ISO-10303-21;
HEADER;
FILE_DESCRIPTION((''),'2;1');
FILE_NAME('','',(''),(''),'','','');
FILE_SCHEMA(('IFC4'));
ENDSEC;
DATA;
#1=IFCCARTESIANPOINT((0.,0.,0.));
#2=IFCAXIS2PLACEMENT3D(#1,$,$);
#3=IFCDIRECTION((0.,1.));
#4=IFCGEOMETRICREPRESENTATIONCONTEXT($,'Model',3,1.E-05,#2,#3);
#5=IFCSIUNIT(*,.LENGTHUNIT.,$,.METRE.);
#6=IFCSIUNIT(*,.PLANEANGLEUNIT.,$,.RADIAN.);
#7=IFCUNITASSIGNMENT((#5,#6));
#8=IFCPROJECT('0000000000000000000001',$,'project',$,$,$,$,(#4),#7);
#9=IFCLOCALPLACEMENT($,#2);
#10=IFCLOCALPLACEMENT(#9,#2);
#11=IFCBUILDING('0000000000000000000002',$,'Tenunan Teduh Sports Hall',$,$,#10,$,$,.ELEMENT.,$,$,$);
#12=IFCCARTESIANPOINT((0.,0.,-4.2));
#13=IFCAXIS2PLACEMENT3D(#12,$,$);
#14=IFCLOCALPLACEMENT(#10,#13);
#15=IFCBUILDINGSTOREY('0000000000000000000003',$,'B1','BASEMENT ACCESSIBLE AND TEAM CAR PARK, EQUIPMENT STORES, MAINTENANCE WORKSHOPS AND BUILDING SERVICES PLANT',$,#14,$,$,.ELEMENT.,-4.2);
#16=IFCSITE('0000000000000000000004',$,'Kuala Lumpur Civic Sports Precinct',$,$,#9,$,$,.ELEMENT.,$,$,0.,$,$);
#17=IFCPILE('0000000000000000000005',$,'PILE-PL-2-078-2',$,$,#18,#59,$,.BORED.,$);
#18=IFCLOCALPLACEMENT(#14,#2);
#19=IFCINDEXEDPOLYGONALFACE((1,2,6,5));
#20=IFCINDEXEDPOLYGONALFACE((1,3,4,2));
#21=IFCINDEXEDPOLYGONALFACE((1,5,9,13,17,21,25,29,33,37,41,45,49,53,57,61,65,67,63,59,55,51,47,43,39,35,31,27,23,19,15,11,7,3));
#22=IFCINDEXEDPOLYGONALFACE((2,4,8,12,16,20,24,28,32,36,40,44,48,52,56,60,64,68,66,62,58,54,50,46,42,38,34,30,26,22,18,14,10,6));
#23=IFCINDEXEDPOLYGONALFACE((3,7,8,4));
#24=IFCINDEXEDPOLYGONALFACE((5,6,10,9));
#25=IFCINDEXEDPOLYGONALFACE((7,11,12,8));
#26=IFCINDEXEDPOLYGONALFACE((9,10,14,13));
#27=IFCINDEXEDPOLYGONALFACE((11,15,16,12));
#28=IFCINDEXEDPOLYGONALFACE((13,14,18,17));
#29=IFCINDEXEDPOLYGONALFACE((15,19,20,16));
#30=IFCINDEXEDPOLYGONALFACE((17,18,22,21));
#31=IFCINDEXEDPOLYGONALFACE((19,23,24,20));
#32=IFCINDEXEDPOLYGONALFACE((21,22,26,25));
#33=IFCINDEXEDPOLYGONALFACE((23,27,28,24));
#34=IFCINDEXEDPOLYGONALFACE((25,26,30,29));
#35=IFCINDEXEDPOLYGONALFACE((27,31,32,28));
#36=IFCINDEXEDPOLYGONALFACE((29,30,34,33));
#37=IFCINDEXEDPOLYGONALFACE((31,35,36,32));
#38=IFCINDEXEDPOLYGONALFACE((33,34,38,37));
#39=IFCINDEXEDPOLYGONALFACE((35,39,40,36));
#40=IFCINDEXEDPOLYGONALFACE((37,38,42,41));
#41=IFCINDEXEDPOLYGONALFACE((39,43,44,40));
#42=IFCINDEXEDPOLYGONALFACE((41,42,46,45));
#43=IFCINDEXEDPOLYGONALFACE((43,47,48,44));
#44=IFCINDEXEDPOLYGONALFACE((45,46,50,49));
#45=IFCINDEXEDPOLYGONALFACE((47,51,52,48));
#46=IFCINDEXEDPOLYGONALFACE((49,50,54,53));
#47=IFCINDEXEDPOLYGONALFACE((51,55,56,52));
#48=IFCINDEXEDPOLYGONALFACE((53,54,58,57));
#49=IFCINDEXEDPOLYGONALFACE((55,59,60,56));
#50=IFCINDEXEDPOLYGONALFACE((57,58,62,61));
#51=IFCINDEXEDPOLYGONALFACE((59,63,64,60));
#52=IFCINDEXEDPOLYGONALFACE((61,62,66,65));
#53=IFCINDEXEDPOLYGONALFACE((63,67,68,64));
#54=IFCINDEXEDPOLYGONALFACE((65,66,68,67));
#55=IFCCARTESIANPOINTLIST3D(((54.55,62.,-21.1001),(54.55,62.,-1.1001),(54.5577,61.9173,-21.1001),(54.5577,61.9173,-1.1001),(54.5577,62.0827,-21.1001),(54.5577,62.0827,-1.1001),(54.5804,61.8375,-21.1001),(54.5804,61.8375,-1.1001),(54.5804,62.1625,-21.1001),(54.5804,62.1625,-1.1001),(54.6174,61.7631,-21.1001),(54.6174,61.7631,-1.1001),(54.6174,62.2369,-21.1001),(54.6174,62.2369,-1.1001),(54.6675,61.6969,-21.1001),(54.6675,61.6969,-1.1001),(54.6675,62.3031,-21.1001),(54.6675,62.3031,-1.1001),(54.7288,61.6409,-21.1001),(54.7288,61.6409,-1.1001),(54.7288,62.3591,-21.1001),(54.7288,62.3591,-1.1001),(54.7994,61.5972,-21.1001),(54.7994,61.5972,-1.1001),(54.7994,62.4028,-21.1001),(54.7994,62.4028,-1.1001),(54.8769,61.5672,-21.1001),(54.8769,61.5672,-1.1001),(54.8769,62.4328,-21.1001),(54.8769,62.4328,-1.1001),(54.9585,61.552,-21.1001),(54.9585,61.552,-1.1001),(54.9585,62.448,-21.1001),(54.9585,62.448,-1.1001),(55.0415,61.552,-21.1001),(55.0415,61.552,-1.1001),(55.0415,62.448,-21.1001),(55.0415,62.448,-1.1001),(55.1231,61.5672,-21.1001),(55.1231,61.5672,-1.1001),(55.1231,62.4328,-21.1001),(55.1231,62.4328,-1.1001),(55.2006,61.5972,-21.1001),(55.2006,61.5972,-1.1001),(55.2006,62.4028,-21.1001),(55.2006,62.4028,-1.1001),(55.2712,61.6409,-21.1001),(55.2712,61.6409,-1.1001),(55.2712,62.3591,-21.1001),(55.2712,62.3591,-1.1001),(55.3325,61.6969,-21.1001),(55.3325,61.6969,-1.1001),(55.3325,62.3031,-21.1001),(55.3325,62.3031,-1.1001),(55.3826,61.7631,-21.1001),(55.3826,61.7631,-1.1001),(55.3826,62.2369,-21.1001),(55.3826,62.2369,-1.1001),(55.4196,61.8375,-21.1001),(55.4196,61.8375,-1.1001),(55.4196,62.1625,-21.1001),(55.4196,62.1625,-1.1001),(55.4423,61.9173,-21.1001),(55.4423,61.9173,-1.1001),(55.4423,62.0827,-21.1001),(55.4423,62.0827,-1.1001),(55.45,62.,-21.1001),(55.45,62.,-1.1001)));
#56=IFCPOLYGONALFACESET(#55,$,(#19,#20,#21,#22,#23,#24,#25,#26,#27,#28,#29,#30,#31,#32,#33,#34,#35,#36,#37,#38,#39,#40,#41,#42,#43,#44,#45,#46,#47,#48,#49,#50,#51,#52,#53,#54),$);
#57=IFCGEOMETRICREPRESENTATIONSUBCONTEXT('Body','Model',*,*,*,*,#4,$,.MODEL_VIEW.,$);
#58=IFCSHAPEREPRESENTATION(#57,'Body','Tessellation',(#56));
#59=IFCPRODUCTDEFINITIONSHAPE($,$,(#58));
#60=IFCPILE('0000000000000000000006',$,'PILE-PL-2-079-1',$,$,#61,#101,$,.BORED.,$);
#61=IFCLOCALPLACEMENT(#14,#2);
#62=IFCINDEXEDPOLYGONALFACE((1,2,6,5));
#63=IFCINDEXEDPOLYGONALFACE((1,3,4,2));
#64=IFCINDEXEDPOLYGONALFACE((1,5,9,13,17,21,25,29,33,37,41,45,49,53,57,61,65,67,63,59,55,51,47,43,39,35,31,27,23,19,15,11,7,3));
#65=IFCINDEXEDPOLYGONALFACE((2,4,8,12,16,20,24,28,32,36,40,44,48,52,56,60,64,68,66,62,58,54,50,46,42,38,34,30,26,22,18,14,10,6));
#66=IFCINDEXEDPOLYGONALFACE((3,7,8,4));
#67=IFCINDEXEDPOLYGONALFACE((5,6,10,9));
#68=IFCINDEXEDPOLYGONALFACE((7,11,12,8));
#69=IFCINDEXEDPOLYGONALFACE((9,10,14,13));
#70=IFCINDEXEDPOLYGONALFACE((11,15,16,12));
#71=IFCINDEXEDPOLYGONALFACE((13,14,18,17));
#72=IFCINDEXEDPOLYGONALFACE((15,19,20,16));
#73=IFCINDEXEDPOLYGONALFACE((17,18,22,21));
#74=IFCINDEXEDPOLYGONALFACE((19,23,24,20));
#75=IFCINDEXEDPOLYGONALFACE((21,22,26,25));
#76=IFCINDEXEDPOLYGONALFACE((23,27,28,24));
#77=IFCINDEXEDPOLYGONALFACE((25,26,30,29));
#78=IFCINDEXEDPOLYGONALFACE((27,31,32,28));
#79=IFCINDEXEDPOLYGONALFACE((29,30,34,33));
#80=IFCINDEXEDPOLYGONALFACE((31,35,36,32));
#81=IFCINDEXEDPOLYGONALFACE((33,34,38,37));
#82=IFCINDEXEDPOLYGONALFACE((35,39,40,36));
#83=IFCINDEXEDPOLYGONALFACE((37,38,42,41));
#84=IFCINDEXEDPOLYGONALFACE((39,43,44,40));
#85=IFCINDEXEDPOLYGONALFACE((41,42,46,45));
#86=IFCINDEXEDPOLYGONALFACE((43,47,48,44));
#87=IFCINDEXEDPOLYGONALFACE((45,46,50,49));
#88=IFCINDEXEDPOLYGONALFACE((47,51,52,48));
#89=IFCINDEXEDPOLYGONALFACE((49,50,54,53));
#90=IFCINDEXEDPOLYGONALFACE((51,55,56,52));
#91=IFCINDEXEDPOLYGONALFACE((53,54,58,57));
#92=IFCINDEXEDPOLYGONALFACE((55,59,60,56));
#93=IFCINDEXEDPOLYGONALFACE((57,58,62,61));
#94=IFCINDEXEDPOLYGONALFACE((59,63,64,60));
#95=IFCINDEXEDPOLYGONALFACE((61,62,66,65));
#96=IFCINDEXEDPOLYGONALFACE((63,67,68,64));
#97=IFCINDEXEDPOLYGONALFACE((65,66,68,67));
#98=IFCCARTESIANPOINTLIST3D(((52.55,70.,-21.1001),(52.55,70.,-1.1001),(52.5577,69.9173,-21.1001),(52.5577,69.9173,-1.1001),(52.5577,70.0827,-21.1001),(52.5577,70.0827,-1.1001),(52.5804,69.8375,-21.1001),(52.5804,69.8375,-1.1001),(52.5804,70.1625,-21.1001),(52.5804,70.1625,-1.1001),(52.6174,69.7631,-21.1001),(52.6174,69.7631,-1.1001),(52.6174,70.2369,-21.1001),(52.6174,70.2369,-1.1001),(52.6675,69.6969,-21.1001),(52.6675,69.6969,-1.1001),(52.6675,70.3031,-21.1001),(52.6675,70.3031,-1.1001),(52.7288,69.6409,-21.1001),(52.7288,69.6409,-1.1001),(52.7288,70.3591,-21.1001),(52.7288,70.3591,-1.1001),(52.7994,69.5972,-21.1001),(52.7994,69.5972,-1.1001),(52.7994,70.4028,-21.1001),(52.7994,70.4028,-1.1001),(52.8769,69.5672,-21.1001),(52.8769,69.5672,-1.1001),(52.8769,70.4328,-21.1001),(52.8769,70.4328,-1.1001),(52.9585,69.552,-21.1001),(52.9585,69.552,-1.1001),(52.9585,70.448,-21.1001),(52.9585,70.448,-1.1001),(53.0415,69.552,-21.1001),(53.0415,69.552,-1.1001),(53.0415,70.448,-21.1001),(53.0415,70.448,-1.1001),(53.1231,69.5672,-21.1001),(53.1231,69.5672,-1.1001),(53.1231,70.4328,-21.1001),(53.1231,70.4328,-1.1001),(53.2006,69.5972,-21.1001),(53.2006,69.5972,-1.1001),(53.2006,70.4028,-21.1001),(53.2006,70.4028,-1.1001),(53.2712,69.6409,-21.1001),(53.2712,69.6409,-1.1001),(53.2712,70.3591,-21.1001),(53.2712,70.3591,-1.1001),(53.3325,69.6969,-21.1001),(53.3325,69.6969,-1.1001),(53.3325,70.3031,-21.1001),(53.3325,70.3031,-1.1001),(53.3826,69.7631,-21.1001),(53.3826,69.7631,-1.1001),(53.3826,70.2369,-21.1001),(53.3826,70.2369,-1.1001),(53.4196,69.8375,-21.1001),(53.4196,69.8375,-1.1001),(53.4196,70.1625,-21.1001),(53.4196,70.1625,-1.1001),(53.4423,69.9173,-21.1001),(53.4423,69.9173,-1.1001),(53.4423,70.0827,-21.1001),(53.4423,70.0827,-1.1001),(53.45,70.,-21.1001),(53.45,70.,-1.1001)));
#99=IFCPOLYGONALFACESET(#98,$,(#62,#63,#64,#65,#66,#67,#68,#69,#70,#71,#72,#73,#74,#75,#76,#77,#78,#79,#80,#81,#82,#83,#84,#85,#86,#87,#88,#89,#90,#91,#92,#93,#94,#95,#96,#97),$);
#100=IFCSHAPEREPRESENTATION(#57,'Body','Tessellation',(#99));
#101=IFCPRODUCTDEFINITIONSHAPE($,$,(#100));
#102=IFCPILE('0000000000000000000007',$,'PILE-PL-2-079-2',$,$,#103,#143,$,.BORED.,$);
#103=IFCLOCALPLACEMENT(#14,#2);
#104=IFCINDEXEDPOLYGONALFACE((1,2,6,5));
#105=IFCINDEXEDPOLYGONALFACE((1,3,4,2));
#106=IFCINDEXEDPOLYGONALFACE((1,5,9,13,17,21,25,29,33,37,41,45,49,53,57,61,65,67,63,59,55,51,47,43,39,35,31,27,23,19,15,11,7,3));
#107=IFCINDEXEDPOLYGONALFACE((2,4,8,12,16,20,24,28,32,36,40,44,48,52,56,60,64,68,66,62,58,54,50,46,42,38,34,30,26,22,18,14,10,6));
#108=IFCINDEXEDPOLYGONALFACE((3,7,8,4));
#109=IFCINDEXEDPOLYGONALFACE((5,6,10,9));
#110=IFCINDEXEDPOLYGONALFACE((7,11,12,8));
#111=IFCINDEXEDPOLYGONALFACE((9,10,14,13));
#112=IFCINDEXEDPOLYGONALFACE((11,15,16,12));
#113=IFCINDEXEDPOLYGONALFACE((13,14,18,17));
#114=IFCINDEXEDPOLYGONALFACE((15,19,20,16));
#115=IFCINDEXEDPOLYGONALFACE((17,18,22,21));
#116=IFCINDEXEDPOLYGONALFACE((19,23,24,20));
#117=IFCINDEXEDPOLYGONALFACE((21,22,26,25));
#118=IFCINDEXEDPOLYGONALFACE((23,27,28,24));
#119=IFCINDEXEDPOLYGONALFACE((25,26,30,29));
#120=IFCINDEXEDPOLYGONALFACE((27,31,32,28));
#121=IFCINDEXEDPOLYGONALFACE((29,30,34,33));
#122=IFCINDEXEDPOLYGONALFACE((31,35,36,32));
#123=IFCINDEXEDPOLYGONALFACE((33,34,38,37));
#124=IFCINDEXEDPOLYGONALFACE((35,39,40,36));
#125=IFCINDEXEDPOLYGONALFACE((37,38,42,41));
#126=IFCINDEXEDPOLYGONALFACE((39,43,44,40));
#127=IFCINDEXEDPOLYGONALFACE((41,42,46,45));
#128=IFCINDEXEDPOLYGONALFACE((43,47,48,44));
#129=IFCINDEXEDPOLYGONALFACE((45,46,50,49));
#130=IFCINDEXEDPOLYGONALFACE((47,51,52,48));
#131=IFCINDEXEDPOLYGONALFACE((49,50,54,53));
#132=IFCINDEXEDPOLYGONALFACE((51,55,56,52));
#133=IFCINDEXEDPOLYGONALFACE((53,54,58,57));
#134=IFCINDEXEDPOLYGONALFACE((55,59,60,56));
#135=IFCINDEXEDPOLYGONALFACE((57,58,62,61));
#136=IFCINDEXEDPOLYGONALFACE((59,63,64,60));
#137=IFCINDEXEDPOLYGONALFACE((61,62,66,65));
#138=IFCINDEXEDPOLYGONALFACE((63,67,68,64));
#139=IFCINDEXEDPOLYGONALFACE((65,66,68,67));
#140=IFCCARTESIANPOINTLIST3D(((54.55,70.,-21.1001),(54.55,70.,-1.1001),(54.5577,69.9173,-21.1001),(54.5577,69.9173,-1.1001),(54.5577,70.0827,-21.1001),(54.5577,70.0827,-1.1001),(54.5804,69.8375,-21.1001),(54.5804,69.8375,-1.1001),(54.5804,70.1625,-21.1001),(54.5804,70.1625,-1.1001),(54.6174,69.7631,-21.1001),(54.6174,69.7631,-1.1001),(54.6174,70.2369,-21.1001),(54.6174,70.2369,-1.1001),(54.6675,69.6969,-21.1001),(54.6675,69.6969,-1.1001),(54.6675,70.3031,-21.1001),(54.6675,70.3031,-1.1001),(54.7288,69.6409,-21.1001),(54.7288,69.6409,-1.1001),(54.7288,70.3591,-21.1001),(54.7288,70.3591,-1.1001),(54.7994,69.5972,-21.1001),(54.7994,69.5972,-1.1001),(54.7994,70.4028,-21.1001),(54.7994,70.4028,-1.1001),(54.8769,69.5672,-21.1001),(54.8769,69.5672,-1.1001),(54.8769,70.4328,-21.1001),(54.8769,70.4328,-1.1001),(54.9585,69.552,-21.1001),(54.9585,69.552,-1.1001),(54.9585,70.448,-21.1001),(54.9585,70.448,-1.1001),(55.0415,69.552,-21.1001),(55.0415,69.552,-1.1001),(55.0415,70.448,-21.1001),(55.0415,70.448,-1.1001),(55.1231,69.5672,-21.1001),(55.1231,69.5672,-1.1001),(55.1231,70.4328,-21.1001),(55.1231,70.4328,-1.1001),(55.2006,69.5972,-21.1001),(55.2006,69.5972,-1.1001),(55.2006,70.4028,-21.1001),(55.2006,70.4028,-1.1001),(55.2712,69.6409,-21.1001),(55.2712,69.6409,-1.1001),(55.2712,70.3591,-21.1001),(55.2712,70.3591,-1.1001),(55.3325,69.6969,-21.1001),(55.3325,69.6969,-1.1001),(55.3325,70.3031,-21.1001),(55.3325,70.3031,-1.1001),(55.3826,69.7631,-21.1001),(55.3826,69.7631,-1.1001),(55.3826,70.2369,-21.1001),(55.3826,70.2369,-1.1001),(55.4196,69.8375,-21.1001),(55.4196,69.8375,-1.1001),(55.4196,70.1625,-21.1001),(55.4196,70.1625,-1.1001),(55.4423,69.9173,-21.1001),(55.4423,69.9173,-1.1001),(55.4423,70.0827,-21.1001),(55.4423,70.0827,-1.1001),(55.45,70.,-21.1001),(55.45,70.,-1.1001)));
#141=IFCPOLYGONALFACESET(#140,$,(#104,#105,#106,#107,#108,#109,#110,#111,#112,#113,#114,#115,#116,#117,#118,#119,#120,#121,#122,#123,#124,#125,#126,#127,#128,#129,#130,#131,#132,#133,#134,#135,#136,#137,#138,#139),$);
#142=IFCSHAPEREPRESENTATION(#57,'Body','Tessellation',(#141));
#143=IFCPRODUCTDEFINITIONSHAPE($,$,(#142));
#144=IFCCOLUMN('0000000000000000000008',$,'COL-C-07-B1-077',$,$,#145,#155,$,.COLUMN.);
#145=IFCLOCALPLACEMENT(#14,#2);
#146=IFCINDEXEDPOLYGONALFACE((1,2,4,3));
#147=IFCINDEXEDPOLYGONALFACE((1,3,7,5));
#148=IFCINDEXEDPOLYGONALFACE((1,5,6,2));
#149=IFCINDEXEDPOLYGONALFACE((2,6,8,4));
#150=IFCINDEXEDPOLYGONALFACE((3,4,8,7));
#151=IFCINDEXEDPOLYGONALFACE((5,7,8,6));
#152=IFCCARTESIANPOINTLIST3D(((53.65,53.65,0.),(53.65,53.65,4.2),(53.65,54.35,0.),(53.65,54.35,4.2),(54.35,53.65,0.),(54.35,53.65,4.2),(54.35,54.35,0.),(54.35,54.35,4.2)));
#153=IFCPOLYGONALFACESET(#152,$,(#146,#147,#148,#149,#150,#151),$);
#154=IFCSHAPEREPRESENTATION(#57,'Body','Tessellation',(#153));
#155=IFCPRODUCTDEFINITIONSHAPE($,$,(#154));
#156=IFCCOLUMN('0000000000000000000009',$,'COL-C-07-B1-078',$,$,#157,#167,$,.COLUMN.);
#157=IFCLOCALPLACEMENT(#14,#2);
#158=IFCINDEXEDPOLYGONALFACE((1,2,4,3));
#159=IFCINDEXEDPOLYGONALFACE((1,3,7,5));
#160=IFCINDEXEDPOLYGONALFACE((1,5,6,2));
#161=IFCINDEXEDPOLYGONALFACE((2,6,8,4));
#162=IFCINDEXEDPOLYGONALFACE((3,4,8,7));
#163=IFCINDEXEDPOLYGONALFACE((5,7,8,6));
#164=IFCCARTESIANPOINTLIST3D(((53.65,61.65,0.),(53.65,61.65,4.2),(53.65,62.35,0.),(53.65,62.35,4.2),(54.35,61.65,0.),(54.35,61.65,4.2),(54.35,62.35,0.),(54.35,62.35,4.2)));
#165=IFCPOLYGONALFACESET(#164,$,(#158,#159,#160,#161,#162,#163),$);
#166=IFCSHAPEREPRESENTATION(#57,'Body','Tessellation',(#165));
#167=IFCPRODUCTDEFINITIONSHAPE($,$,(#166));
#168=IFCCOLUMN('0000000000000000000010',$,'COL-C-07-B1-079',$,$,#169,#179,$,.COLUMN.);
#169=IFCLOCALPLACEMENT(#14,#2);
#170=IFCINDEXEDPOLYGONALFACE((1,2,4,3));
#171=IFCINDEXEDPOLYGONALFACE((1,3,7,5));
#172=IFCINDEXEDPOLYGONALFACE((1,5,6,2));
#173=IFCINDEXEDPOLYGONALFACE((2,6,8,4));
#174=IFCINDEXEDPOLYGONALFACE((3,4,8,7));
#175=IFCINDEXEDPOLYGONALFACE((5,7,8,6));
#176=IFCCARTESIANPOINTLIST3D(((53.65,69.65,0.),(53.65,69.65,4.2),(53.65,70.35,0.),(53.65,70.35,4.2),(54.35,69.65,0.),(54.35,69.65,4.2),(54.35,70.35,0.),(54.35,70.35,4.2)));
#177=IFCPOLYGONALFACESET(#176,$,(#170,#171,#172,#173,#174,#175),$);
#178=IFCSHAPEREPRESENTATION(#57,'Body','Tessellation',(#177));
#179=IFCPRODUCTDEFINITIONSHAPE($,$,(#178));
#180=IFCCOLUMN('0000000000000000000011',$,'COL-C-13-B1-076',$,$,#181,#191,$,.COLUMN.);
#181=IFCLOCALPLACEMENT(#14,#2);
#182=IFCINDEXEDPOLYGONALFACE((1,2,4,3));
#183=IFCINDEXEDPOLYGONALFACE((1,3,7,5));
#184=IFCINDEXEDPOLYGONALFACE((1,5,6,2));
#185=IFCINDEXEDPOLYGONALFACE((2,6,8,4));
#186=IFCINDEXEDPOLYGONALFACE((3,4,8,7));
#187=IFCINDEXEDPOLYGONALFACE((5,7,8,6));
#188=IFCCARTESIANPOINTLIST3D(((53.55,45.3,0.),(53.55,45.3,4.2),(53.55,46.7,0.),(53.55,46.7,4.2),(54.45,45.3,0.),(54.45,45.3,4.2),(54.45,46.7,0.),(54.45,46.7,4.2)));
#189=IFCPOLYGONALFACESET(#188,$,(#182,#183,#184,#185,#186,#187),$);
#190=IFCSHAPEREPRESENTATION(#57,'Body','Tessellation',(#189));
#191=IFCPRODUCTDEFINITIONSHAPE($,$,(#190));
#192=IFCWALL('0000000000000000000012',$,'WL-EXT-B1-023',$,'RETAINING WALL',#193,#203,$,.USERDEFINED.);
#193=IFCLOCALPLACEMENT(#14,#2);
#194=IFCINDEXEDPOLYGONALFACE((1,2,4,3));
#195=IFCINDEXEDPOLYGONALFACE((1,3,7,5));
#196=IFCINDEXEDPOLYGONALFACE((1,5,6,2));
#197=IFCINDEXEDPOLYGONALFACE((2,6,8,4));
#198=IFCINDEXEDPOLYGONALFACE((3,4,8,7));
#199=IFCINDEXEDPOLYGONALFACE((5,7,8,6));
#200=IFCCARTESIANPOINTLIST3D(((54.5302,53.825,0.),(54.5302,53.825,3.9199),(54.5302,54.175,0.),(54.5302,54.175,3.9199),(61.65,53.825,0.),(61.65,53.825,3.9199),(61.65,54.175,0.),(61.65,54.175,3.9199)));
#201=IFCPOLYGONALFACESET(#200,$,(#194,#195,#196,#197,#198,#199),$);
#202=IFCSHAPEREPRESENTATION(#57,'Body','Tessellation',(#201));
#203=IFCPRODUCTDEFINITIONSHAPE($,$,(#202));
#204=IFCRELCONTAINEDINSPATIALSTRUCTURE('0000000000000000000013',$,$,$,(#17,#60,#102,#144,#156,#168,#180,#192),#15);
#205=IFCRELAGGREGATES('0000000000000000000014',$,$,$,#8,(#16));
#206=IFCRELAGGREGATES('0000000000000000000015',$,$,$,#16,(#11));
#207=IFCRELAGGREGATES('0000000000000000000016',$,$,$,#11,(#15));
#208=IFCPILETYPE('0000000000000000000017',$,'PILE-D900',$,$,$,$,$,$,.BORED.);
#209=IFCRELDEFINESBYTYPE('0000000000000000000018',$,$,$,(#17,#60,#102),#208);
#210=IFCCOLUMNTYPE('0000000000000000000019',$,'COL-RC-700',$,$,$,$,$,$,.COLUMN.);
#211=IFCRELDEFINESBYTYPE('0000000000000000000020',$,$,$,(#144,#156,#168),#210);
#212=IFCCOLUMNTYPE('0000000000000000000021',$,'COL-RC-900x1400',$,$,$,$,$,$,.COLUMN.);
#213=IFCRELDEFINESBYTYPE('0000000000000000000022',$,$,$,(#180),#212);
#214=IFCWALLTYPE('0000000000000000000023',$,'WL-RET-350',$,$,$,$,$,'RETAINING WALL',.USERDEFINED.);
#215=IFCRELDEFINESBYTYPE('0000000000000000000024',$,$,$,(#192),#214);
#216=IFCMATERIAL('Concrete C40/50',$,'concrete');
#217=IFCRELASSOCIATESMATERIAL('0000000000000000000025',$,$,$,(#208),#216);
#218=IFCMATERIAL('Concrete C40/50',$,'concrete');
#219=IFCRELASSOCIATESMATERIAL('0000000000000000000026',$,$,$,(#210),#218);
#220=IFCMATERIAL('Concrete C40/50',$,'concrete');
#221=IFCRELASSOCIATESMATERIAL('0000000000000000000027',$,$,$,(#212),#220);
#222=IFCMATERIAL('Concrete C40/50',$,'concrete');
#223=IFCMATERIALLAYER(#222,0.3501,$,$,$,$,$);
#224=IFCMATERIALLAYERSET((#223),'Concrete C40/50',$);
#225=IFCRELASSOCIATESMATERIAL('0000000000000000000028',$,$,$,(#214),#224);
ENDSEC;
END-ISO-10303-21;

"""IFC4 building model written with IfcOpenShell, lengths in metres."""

from ifc_helpers import new_model, si_unit, direction, frame, frame_2d, origin, origin_2d, place, context, subcontext, project, spatial, rectangle, circle, extrude, material, layer, layer_set, material_profile, profile_set, type_object, element, save


model = new_model("IFC4")

# Units and contexts
model_context = context("Model", 3, precision=1e-05, world=origin(), true_north=direction((0.0, 1.0)))
body_context = subcontext(model_context, "Body", "Model", "MODEL_VIEW")
ifc_project = project(units=[si_unit("LENGTHUNIT", "METRE"), si_unit("PLANEANGLEUNIT", "RADIAN")], contexts=[model_context])

# Site, building, storey
site_placement = place(None, origin())
site = spatial("IfcSite", under=ifc_project, at=site_placement, Name="Kuala Lumpur Civic Sports Precinct", CompositionType="ELEMENT", RefElevation=0.0)
building_placement = place(site_placement, origin())
building = spatial("IfcBuilding", under=site, at=building_placement, Name="Tenunan Teduh Sports Hall", CompositionType="ELEMENT")
storey_placement = place(building_placement, frame((0.0, 0.0, -4.2)))
storey = spatial("IfcBuildingStorey", under=building, at=storey_placement, Name="B1", Description="BASEMENT ACCESSIBLE AND TEAM CAR PARK, EQUIPMENT STORES, MAINTENANCE WORKSHOPS AND BUILDING SERVICES PLANT", CompositionType="ELEMENT", Elevation=-4.2)

# Piles
ifc_material_1 = material(Name="Concrete C40/50", Category="concrete")
ifc_material_profile_1 = material_profile(ifc_material_1, circle(Radius=0.45, at=origin_2d()), Name="PILE D900")
ifc_profile_set_1 = profile_set([ifc_material_profile_1], Name="Concrete C40/50")
pile_type_1 = type_object("IfcPileType", Name="PILE-D900", PredefinedType="BORED", material=ifc_profile_set_1)
for number, where, z_axis, x_axis, name in (
    (1, (55.0, 62.0, -1.1001), (0.0, 0.0, -1.0), (1.0, 0.0, 0.0), "PILE-PL-2-078-2"),
    (2, (53.0, 70.0, -1.1001), (0.0, 0.0, -1.0), (1.0, 0.0, 0.0), "PILE-PL-2-079-1"),
    (3, (55.0, 70.0, -1.1001), (0.0, 0.0, -1.0), (1.0, 0.0, 0.0), "PILE-PL-2-079-2"),
):
    element("IfcPile", number, at=place(storey_placement, frame(where, z_axis=z_axis, x_axis=x_axis)), inside=storey, type_object=pile_type_1, Name=name, PredefinedType="BORED", context=body_context, shape_type="SweptSolid", body=[
        extrude(circle(Radius=0.45, at=origin_2d()), origin(), (0.0, 0.0, 1.0), 20.0),
    ])

# Columns
ifc_material_2 = material(Name="Concrete C40/50", Category="concrete")
ifc_material_profile_2 = material_profile(ifc_material_2, rectangle(XDim=0.7, YDim=0.7, at=origin_2d()), Name="RC 700x700")
ifc_profile_set_2 = profile_set([ifc_material_profile_2], Name="Concrete C40/50")
column_type_1 = type_object("IfcColumnType", Name="COL-RC-700", PredefinedType="COLUMN", material=ifc_profile_set_2)
for number, where, z_axis, x_axis, name in (
    (4, (54.0, 54.0, 0.0), (0.0, 0.0, 1.0), (1.0, 0.0, 0.0), "COL-C-07-B1-077"),
    (5, (54.0, 62.0, 0.0), (0.0, 0.0, 1.0), (1.0, 0.0, 0.0), "COL-C-07-B1-078"),
    (6, (54.0, 70.0, 0.0), (0.0, 0.0, 1.0), (1.0, 0.0, 0.0), "COL-C-07-B1-079"),
):
    element("IfcColumn", number, at=place(storey_placement, frame(where, z_axis=z_axis, x_axis=x_axis)), inside=storey, type_object=column_type_1, Name=name, PredefinedType="COLUMN", context=body_context, shape_type="SweptSolid", body=[
        extrude(rectangle(XDim=0.7, YDim=0.7, at=origin_2d()), origin(), (0.0, 0.0, 1.0), 4.2),
    ])
ifc_material_3 = material(Name="Concrete C40/50", Category="concrete")
ifc_material_profile_3 = material_profile(ifc_material_3, rectangle(XDim=0.8999, YDim=1.3999, at=origin_2d()), Name="RC 900x1400")
ifc_profile_set_3 = profile_set([ifc_material_profile_3], Name="Concrete C40/50")
column_type_2 = type_object("IfcColumnType", Name="COL-RC-900x1400", PredefinedType="COLUMN", material=ifc_profile_set_3)
column_placement = place(storey_placement, frame((54.0, 46.0, 0.0), z_axis=(0.0, 0.0, 1.0), x_axis=(1.0, 0.0, 0.0)))
element("IfcColumn", 7, at=column_placement, inside=storey, type_object=column_type_2, Name="COL-C-13-B1-076", PredefinedType="COLUMN", context=body_context, shape_type="SweptSolid", body=[
    extrude(rectangle(XDim=0.8999, YDim=1.3999, at=origin_2d()), origin(), (0.0, 0.0, 1.0), 4.2),
])

# Wall
ifc_material_4 = material(Name="Concrete C40/50", Category="concrete")
ifc_layer = layer(ifc_material_4, 0.3501)
ifc_layer_set = layer_set([ifc_layer], Name="Concrete C40/50")
wall_type = type_object("IfcWallType", Name="WL-RET-350", ElementType="RETAINING WALL", PredefinedType="USERDEFINED", material=ifc_layer_set)
for number, where, z_axis, x_axis, name in (
    (8, (54.53, 54.0, 0.0), (0.0, 0.0, 1.0), (1.0, 0.0, 0.0), "WL-EXT-B1-023"),
):
    element("IfcWall", number, at=place(storey_placement, frame(where, z_axis=z_axis, x_axis=x_axis)), inside=storey, type_object=wall_type, Name=name, ObjectType="RETAINING WALL", PredefinedType="USERDEFINED", context=body_context, shape_type="SweptSolid", body=[
        extrude(rectangle(XDim=7.1199, YDim=0.3501, at=frame_2d((3.5601, 0.0))), origin(), (0.0, 0.0, 1.0), 3.9199),
    ])

save(model, "model.ifc")
